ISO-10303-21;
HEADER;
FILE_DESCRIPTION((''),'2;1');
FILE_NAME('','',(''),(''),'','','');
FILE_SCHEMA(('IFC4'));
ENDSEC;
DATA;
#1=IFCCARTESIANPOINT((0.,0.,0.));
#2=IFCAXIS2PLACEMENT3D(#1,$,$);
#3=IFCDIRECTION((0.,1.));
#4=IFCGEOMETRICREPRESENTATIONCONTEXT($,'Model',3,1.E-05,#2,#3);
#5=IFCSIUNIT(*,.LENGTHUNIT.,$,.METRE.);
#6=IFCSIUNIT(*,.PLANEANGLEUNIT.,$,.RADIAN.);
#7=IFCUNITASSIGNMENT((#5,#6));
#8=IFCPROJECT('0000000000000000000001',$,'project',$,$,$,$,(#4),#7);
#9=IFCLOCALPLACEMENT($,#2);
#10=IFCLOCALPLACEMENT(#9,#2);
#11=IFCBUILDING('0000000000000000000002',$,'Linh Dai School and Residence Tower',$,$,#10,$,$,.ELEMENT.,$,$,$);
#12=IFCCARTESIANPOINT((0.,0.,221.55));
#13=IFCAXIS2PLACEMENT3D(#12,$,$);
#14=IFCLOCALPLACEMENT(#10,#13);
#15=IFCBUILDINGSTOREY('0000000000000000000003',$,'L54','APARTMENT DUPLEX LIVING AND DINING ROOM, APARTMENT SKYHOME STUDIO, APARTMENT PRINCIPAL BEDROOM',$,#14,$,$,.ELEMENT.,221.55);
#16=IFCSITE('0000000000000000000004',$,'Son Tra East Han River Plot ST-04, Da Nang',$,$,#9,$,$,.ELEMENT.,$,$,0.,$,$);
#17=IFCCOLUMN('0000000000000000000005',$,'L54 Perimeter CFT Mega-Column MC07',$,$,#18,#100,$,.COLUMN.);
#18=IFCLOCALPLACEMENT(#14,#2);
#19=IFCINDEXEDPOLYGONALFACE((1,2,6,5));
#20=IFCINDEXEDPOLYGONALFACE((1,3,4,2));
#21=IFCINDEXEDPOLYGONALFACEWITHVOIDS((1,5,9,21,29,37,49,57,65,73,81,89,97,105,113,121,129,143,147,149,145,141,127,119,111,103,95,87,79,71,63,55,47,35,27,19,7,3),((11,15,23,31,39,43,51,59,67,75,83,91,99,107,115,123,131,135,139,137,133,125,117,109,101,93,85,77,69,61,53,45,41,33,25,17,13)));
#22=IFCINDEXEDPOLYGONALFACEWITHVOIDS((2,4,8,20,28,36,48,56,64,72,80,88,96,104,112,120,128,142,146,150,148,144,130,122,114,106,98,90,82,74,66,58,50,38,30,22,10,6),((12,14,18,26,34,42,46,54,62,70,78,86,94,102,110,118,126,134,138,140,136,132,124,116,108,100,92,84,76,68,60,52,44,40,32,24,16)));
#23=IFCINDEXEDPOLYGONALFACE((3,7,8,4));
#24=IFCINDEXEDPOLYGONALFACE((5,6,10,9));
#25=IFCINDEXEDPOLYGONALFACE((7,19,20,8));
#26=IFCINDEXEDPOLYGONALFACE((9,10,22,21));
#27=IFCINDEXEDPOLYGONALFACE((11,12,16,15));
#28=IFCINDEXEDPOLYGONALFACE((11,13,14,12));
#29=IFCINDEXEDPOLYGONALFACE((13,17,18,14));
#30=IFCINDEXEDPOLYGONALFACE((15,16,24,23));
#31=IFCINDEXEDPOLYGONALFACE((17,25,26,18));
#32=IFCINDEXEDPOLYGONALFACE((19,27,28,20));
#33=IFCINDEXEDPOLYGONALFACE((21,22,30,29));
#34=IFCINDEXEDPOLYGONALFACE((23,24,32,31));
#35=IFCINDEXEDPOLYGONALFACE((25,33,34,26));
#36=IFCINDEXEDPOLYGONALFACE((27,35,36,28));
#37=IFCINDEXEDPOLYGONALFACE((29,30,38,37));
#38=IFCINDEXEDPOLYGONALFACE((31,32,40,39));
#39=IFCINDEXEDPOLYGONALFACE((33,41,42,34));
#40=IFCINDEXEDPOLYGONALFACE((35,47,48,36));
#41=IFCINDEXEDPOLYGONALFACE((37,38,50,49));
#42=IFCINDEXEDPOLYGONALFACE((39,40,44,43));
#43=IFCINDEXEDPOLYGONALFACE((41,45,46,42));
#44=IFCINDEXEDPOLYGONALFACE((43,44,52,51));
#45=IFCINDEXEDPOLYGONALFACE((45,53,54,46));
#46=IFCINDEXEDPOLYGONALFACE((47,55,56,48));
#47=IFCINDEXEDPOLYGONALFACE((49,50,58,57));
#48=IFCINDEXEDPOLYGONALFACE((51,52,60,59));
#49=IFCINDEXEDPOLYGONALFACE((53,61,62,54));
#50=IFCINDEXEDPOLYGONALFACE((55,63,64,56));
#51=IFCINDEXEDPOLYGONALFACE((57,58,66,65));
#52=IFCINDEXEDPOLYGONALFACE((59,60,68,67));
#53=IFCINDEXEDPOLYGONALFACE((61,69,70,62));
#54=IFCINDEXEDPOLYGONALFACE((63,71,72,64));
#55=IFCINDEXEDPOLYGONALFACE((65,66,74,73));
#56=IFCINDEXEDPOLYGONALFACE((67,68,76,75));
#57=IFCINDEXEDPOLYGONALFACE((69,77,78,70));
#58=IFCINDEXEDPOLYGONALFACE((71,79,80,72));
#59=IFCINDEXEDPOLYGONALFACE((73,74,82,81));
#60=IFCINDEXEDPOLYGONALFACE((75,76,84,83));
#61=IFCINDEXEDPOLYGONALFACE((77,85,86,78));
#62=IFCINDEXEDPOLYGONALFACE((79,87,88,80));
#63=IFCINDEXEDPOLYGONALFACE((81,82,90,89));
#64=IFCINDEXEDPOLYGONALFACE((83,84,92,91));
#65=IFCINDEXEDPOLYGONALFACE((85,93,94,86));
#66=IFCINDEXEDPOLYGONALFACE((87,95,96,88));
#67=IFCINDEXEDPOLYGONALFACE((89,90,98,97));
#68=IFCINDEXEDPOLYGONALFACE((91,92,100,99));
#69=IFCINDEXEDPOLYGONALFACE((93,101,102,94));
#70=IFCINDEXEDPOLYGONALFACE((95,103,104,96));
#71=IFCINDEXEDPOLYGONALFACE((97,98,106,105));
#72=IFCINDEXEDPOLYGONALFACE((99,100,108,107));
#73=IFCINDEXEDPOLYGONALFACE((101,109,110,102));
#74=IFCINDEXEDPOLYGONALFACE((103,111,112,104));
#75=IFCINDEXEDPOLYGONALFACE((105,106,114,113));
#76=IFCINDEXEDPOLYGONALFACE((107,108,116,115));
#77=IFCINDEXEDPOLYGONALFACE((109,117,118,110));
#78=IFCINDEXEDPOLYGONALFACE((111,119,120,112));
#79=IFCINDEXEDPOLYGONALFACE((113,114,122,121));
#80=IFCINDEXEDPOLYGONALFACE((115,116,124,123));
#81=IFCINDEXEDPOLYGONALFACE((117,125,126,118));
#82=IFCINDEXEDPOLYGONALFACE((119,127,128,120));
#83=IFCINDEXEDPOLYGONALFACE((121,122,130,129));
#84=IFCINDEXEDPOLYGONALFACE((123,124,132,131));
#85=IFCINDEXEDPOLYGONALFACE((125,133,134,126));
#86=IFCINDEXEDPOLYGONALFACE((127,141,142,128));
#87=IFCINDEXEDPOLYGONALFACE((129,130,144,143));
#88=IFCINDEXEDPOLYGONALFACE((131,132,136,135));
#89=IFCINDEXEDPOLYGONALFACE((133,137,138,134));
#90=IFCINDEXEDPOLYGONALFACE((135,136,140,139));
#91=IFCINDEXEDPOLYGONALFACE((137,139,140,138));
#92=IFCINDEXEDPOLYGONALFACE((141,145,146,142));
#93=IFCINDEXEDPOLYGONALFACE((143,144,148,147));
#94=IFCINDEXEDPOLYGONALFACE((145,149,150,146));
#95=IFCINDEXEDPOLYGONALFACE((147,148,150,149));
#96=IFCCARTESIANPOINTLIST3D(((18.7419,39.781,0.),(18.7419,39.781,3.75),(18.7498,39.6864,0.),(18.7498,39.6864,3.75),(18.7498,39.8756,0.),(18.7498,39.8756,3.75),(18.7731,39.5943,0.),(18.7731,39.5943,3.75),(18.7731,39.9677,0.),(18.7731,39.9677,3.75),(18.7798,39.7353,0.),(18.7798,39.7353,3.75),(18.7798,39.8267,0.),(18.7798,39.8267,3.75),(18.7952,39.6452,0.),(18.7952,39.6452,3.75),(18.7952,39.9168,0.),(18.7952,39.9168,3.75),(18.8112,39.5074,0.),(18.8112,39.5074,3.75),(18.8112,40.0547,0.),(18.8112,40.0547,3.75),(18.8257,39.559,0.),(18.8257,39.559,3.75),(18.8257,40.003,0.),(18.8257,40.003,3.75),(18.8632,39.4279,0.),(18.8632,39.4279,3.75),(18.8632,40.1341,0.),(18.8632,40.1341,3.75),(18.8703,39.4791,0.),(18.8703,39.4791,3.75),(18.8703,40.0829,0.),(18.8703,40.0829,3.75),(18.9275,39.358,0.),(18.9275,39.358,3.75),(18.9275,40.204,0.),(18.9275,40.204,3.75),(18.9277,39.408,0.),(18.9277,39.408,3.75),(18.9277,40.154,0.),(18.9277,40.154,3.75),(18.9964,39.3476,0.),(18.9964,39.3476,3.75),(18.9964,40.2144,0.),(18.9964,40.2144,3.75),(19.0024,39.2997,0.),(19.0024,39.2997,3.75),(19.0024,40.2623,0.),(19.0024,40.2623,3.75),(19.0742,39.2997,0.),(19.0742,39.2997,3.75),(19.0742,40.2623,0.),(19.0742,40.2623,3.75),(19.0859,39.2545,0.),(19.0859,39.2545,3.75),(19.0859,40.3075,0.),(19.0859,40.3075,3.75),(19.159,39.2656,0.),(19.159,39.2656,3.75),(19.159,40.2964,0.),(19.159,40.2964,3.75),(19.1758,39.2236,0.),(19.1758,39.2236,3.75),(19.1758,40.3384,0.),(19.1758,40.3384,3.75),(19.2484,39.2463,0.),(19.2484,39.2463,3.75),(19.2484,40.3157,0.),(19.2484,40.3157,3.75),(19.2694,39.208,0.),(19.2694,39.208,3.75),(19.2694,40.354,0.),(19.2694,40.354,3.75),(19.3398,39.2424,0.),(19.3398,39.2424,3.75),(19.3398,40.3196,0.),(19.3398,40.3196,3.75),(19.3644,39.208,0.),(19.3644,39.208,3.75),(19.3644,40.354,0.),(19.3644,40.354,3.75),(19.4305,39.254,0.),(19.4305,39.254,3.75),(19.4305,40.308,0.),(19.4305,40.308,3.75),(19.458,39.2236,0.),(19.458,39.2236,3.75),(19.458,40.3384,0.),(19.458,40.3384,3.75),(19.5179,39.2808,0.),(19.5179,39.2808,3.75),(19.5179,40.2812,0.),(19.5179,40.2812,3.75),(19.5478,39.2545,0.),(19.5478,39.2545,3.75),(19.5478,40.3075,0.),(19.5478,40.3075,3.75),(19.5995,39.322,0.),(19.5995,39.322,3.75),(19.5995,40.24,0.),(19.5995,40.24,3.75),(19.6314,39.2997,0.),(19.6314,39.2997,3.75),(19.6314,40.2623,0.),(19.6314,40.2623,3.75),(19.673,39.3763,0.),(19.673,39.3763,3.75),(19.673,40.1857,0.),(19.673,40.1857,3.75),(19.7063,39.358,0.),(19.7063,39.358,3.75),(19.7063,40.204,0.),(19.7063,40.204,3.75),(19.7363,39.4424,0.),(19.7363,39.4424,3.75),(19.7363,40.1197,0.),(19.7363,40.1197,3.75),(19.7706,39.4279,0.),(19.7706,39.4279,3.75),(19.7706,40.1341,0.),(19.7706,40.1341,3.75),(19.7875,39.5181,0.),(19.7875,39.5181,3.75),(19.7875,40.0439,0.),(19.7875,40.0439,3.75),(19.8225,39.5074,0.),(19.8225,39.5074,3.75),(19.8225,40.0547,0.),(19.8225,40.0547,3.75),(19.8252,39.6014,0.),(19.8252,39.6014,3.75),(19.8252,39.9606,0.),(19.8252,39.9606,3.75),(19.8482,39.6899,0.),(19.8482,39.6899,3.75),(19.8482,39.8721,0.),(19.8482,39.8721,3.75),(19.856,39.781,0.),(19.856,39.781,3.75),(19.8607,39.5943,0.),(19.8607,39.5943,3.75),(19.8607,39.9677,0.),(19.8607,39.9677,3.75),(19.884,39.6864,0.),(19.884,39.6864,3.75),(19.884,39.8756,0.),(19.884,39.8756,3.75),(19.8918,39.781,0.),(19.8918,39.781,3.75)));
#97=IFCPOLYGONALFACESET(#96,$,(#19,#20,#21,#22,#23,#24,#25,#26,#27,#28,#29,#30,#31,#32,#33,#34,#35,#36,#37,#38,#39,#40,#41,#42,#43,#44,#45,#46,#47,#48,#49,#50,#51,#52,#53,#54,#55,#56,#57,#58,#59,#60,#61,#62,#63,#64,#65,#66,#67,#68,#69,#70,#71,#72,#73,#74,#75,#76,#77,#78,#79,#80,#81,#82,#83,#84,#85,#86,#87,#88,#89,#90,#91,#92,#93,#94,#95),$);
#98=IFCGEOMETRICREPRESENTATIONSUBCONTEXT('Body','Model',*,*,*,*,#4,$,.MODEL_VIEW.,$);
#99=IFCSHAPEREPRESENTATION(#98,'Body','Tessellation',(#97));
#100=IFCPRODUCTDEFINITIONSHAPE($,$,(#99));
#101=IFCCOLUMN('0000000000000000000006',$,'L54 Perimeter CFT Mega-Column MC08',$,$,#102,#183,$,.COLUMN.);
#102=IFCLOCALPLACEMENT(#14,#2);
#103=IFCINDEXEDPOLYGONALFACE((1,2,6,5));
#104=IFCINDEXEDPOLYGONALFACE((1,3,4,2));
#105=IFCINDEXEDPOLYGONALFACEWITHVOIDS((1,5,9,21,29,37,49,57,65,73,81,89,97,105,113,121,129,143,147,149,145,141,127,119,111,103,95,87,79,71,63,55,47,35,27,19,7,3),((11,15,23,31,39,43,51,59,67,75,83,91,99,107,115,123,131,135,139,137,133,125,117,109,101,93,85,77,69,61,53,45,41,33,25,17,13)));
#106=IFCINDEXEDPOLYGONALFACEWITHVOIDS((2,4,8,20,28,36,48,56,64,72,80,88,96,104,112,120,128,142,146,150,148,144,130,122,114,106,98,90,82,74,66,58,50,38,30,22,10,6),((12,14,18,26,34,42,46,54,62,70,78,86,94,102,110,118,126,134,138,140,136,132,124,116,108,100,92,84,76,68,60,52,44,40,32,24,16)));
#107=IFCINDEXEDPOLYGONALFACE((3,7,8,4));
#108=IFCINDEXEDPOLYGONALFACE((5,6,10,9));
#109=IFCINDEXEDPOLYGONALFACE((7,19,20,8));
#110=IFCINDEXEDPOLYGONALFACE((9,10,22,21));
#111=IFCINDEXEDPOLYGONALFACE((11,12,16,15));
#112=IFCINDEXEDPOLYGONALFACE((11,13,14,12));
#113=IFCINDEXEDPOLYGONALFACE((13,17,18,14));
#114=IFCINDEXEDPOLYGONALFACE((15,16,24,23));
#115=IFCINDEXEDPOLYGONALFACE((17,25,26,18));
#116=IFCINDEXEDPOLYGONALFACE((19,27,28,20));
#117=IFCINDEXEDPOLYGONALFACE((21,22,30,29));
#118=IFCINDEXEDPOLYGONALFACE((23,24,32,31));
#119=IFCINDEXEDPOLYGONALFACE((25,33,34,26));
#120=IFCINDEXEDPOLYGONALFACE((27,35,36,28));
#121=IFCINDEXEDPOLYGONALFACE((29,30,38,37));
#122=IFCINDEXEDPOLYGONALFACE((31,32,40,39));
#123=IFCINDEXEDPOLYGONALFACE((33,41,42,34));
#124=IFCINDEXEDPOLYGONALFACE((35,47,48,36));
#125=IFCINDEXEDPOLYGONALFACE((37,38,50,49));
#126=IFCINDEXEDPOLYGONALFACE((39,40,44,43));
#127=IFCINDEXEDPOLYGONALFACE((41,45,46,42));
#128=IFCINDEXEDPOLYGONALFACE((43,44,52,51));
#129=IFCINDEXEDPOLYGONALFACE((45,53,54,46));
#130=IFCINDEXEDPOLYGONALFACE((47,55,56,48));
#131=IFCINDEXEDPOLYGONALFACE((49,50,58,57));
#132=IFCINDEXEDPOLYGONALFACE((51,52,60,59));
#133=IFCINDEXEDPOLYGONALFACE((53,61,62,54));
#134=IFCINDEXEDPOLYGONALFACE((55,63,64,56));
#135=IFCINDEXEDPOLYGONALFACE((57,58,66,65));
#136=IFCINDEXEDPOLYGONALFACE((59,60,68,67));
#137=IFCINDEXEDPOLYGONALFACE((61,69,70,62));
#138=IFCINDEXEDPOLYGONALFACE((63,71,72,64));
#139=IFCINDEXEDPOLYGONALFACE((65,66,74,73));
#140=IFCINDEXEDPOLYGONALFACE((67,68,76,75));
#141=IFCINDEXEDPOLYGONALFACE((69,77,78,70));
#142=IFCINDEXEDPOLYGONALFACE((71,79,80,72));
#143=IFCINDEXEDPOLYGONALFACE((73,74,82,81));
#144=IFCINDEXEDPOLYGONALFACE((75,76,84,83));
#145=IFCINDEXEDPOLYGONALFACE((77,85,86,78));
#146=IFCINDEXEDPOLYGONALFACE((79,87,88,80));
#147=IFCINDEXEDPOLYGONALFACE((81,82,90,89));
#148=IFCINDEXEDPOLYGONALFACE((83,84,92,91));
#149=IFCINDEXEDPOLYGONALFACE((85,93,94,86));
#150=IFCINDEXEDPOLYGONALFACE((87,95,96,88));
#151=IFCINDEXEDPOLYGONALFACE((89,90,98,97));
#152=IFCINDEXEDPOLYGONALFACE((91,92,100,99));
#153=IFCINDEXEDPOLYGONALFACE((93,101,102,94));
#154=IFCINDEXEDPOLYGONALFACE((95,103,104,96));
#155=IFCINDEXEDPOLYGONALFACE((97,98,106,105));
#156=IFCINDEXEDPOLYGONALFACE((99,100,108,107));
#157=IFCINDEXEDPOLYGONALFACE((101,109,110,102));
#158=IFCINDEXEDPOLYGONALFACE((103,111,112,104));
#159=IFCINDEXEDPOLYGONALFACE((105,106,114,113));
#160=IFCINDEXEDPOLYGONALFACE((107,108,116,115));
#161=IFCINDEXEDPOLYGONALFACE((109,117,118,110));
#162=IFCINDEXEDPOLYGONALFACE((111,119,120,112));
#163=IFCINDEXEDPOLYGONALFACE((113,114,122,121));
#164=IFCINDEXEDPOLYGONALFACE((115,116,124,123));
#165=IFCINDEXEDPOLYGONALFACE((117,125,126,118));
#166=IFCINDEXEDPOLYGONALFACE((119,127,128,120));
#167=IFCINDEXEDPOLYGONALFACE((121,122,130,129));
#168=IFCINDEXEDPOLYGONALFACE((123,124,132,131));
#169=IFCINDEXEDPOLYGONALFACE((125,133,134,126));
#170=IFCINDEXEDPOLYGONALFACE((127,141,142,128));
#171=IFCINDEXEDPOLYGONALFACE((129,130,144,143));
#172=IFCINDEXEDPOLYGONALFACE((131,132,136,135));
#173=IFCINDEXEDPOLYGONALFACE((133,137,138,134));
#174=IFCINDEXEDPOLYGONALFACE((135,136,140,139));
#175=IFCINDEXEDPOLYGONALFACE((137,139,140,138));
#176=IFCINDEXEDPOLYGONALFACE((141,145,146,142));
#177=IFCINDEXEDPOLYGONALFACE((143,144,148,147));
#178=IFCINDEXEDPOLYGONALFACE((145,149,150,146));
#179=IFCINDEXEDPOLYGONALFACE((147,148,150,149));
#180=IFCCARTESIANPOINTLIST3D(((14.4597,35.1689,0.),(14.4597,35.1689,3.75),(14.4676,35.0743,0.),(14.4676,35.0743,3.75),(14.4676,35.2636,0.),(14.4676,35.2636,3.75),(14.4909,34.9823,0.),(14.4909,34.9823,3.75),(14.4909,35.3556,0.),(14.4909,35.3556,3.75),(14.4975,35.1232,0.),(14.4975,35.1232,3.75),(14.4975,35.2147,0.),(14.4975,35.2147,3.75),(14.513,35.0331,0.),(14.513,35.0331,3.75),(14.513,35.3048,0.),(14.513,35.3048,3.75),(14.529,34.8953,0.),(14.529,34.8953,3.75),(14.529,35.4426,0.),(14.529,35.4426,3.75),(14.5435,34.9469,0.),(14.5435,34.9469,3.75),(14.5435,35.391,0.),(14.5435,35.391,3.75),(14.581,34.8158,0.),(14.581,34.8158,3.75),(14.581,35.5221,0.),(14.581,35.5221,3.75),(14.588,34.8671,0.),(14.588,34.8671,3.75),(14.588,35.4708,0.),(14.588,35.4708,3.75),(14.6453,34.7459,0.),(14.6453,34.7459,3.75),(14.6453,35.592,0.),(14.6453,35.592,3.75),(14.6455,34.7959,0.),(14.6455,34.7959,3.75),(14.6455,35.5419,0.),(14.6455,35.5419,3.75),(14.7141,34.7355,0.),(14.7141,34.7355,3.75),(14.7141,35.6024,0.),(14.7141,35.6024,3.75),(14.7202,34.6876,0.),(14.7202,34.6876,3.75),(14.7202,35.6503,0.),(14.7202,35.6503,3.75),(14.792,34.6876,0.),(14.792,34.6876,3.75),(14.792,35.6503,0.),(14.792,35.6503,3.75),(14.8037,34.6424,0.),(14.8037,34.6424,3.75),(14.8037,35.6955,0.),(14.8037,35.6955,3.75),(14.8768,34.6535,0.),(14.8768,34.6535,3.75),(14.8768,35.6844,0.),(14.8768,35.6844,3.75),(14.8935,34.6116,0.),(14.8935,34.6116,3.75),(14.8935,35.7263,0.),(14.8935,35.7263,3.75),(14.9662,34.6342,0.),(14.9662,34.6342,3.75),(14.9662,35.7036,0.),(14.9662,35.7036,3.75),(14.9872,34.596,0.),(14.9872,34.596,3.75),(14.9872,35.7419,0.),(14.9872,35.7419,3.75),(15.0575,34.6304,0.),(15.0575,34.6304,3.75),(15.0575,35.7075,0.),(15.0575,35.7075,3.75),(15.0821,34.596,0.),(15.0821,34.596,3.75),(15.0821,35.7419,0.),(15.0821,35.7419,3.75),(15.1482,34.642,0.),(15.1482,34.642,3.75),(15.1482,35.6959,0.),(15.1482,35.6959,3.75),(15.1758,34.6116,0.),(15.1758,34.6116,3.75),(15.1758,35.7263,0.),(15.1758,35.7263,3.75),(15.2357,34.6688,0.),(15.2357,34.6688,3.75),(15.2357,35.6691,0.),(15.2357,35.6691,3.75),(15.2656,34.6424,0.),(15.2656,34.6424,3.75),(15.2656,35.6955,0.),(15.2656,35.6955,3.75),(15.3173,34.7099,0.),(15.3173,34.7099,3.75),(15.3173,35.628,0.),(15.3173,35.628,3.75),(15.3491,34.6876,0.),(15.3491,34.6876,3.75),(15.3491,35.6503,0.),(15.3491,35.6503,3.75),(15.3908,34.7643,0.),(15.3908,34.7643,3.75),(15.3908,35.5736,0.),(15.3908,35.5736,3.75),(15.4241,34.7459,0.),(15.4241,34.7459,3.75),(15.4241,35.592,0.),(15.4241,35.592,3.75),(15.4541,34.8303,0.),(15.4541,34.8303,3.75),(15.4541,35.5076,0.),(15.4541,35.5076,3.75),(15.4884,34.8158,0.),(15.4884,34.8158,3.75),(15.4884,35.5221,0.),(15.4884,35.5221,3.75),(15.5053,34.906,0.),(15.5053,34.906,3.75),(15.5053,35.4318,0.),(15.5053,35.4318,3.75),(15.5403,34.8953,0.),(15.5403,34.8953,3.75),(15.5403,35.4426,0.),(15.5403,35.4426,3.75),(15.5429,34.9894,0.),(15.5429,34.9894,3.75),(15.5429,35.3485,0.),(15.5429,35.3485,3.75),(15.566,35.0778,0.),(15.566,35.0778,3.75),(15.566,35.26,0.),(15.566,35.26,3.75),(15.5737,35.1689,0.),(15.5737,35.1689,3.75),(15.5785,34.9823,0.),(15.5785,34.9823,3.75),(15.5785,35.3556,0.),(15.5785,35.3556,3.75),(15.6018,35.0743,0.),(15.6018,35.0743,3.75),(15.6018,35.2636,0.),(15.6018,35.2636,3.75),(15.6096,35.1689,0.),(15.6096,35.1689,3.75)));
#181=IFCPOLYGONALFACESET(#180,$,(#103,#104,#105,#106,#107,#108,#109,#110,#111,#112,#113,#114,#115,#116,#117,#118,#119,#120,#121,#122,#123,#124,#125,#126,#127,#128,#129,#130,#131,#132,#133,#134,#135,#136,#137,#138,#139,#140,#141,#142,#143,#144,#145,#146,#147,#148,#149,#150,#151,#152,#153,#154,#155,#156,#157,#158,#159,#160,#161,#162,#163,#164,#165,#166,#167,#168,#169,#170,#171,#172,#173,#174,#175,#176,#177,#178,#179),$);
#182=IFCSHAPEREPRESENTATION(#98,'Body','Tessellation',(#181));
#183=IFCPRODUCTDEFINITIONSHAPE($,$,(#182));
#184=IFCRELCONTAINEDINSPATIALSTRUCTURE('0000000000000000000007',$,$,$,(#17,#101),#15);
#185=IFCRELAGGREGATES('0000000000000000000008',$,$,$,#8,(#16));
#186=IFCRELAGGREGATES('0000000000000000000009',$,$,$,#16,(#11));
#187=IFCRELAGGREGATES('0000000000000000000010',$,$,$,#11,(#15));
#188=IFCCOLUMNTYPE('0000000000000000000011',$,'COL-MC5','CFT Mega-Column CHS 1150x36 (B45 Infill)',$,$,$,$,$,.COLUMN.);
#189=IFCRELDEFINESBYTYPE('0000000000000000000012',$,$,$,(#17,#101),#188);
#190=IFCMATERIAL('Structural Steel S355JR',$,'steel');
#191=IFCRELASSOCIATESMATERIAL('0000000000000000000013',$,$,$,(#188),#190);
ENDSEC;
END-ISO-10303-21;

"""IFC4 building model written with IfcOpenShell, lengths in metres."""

from ifc_helpers import new_model, si_unit, direction, frame, origin, origin_2d, place, context, subcontext, project, spatial, hollow_circle, extrude, material, material_profile, profile_set, type_object, element, save


model = new_model("IFC4")

# Units and contexts
model_context = context("Model", 3, precision=1e-05, world=origin(), true_north=direction((0.0, 1.0)))
body_context = subcontext(model_context, "Body", "Model", "MODEL_VIEW")
ifc_project = project(units=[si_unit("LENGTHUNIT", "METRE"), si_unit("PLANEANGLEUNIT", "RADIAN")], contexts=[model_context])

# Site, building, storey
site_placement = place(None, origin())
site = spatial("IfcSite", under=ifc_project, at=site_placement, Name="Son Tra East Han River Plot ST-04, Da Nang", CompositionType="ELEMENT", RefElevation=0.0)
building_placement = place(site_placement, origin())
building = spatial("IfcBuilding", under=site, at=building_placement, Name="Linh Dai School and Residence Tower", CompositionType="ELEMENT")
storey_placement = place(building_placement, frame((0.0, 0.0, 221.55)))
storey = spatial("IfcBuildingStorey", under=building, at=storey_placement, Name="L54", Description="APARTMENT DUPLEX LIVING AND DINING ROOM, APARTMENT SKYHOME STUDIO, APARTMENT PRINCIPAL BEDROOM", CompositionType="ELEMENT", Elevation=221.55)

# Columns
ifc_material_1 = material(Name="Structural Steel S355JR", Category="steel")
ifc_material_profile_1 = material_profile(ifc_material_1, hollow_circle(Radius=0.575, WallThickness=0.0359, at=origin_2d()), Name="CHS 1150x36")
ifc_profile_set_1 = profile_set([ifc_material_profile_1], Name="Structural Steel S355JR")
column_type = type_object("IfcColumnType", Name="COL-MC5", Description="CFT Mega-Column CHS 1150x36 (B45 Infill)", PredefinedType="COLUMN", material=ifc_profile_set_1)
for number, where, z_axis, x_axis, name in (
    (1, (19.3169, 39.781, 0.0), (0.0, 0.0, 1.0), (1.0, 0.0, 0.0), "L54 Perimeter CFT Mega-Column MC07"),
    (2, (15.0347, 35.1689, 0.0), (0.0, 0.0, 1.0), (1.0, 0.0, 0.0), "L54 Perimeter CFT Mega-Column MC08"),
):
    element("IfcColumn", number, at=place(storey_placement, frame(where, z_axis=z_axis, x_axis=x_axis)), inside=storey, type_object=column_type, Name=name, PredefinedType="COLUMN", context=body_context, shape_type="SweptSolid", body=[
        extrude(hollow_circle(Radius=0.575, WallThickness=0.0359, at=origin_2d()), origin(), (0.0, 0.0, 1.0), 3.75),
    ])

save(model, "model.ifc")
